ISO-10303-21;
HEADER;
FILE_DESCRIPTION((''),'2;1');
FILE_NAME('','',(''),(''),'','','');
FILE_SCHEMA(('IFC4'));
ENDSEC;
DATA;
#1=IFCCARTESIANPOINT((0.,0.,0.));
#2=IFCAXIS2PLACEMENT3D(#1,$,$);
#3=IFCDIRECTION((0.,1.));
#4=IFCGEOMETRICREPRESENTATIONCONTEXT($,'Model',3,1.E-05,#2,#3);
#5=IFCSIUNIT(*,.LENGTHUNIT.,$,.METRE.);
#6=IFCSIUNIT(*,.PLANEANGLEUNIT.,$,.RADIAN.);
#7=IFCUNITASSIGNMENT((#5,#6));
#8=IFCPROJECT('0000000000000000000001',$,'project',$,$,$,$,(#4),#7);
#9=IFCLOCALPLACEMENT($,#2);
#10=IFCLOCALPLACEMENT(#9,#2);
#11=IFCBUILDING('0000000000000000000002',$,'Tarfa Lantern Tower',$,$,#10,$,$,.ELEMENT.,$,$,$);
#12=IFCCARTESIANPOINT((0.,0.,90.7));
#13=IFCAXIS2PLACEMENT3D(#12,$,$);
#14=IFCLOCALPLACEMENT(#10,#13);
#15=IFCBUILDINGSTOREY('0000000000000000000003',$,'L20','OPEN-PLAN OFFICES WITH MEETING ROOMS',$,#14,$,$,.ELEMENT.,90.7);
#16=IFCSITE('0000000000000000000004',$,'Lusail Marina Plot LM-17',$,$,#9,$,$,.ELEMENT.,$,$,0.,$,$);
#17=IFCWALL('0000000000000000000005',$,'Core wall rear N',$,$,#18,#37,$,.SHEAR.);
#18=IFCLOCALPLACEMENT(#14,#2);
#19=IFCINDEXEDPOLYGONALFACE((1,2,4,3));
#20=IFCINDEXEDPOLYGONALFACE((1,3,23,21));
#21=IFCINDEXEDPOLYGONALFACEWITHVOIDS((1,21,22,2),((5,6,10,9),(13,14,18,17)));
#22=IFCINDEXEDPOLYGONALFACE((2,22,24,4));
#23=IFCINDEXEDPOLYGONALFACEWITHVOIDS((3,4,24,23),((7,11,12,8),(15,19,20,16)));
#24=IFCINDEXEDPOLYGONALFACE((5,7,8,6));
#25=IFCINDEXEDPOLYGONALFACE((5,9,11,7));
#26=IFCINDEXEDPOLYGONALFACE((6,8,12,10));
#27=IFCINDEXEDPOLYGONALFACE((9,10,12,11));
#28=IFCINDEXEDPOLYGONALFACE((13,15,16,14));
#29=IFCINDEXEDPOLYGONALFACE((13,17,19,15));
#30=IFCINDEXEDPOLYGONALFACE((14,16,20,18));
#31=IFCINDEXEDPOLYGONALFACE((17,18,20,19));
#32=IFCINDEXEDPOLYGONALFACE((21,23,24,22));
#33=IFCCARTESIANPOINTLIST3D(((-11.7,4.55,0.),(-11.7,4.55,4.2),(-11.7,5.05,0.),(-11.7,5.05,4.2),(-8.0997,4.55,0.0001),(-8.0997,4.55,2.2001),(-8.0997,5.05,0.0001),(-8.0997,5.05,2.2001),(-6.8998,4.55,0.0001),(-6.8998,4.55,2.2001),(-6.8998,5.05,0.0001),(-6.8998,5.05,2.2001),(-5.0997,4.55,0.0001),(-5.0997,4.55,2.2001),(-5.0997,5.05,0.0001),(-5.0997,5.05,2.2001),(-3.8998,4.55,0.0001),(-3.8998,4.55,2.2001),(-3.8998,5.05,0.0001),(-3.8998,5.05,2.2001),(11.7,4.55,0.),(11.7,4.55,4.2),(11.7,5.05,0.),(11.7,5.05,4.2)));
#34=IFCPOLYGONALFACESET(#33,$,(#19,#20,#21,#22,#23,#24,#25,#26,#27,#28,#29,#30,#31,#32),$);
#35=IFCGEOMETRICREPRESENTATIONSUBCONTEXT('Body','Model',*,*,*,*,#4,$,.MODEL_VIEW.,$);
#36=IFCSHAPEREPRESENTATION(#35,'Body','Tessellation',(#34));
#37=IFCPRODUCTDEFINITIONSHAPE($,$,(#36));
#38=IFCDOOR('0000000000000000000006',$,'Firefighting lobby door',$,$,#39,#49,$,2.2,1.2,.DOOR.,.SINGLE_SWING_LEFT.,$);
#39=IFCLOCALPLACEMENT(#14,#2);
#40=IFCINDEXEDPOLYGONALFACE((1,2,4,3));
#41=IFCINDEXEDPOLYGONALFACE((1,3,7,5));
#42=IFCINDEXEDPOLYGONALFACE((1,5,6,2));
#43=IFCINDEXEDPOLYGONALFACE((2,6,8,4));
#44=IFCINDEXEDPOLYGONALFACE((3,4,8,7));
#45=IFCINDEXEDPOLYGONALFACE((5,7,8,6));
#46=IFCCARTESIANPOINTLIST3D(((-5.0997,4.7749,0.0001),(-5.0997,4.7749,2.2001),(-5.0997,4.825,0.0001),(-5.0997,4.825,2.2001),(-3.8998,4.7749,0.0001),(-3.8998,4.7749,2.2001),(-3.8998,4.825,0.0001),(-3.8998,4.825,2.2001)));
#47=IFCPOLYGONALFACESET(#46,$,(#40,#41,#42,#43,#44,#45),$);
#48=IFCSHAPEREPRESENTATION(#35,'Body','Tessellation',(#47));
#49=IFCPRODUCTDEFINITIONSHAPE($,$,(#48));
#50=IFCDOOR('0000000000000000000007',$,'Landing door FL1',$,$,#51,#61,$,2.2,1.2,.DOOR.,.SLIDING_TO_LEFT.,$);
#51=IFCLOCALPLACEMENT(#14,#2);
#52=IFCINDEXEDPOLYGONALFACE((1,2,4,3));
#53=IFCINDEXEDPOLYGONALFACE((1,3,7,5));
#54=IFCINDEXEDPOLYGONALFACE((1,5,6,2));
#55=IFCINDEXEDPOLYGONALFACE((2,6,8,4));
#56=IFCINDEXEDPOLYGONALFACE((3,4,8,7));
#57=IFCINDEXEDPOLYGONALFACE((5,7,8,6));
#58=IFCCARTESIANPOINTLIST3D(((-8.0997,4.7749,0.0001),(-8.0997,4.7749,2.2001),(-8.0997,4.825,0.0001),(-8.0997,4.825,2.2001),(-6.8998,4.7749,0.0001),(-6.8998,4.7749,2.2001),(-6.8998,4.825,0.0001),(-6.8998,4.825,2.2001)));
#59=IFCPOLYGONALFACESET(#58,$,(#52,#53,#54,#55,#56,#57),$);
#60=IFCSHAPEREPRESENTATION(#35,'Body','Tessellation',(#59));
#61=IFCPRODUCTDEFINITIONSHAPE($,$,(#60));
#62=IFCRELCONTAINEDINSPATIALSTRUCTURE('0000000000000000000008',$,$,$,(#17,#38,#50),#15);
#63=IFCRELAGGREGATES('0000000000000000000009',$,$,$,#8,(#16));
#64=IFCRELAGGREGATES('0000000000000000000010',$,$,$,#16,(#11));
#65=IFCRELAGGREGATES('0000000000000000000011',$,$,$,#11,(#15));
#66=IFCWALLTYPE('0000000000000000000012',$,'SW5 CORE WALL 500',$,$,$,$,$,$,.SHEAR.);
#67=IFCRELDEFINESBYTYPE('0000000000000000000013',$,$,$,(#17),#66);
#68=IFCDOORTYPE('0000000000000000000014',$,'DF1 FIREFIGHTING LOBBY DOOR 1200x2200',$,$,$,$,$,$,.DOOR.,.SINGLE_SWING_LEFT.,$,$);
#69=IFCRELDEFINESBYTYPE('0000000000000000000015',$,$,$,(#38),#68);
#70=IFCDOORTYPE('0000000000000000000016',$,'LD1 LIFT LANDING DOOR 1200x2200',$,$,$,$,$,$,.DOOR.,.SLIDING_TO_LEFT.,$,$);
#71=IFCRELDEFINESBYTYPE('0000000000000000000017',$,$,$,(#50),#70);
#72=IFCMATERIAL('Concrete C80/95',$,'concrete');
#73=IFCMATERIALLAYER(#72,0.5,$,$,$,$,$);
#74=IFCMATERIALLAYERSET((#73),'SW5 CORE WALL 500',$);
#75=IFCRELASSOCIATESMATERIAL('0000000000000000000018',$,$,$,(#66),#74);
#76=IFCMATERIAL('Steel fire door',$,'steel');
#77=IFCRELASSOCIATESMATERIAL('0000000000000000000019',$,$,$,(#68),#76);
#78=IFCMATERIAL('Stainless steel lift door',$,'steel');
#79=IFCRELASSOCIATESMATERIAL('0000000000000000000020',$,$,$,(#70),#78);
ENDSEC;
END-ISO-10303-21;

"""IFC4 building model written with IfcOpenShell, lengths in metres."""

from ifc_helpers import new_model, si_unit, direction, frame, frame_2d, origin, place, context, subcontext, project, spatial, rectangle, extrude, material, layer, layer_set, type_object, element, fill, save


model = new_model("IFC4")

# Units and contexts
model_context = context("Model", 3, precision=1e-05, world=origin(), true_north=direction((0.0, 1.0)))
body_context = subcontext(model_context, "Body", "Model", "MODEL_VIEW")
ifc_project = project(units=[si_unit("LENGTHUNIT", "METRE"), si_unit("PLANEANGLEUNIT", "RADIAN")], contexts=[model_context])

# Site, building, storey
site_placement = place(None, origin())
site = spatial("IfcSite", under=ifc_project, at=site_placement, Name="Lusail Marina Plot LM-17", CompositionType="ELEMENT", RefElevation=0.0)
building_placement = place(site_placement, origin())
building = spatial("IfcBuilding", under=site, at=building_placement, Name="Tarfa Lantern Tower", CompositionType="ELEMENT")
storey_placement = place(building_placement, frame((0.0, 0.0, 90.7)))
storey = spatial("IfcBuildingStorey", under=building, at=storey_placement, Name="L20", Description="OPEN-PLAN OFFICES WITH MEETING ROOMS", CompositionType="ELEMENT", Elevation=90.7)

# Shared definitions
ifc_material_1 = material(Name="Concrete C80/95", Category="concrete")
ifc_material_2 = material(Name="Steel fire door", Category="steel")

# Shared definitions
ifc_layer_1 = layer(ifc_material_1, 0.5)
ifc_layer_set_1 = layer_set([ifc_layer_1], Name="SW5 CORE WALL 500")
wall_type_1 = type_object("IfcWallType", Name="SW5 CORE WALL 500", PredefinedType="SHEAR", material=ifc_layer_set_1)

# Wall, openings, doors
wall_1_placement = place(storey_placement, frame((-11.7, 4.8, 0.0), z_axis=(0.0, 0.0, 1.0), x_axis=(1.0, 0.0, 0.0)))
wall_1 = element("IfcWall", 1, at=wall_1_placement, inside=storey, type_object=wall_type_1, Name="Core wall rear N", PredefinedType="SHEAR", context=body_context, shape_type="SweptSolid", body=[
    extrude(rectangle(XDim=23.3999, YDim=0.5, at=frame_2d((11.7, 0.0))), origin(), (0.0, 0.0, 1.0), 4.2),
])
opening_1_placement = place(wall_1_placement, frame((6.6001, 0.0, 0.0)))
opening_1 = element("IfcOpeningElement", 2, at=opening_1_placement, cuts=wall_1, PredefinedType="OPENING", context=body_context, shape_type="SweptSolid", body=[
    extrude(rectangle(XDim=1.2, YDim=2.2, at=frame_2d((0.6001, 1.1001))), frame((0.0, 0.26, 0.0), z_axis=(0.0, -1.0, 0.0), x_axis=(1.0, 0.0, 0.0)), (0.0, 0.0, 1.0), 0.52),
])
opening_2_placement = place(wall_1_placement, frame((3.6001, 0.0, 0.0)))
opening_2 = element("IfcOpeningElement", 3, at=opening_2_placement, cuts=wall_1, PredefinedType="OPENING", context=body_context, shape_type="SweptSolid", body=[
    extrude(rectangle(XDim=1.2, YDim=2.2, at=frame_2d((0.6001, 1.1001))), frame((0.0, 0.26, 0.0), z_axis=(0.0, -1.0, 0.0), x_axis=(1.0, 0.0, 0.0)), (0.0, 0.0, 1.0), 0.52),
])
door_type_1 = type_object("IfcDoorType", Name="DF1 FIREFIGHTING LOBBY DOOR 1200x2200", OperationType="SINGLE_SWING_LEFT", PredefinedType="DOOR", material=ifc_material_2)
door_1_placement = place(opening_1_placement, origin())
door_1 = element("IfcDoor", 4, at=door_1_placement, inside=storey, type_object=door_type_1, Name="Firefighting lobby door", OperationType="SINGLE_SWING_LEFT", OverallHeight=2.2, OverallWidth=1.2, PredefinedType="DOOR", context=body_context, shape_type="SweptSolid", body=[
    extrude(rectangle(XDim=1.2, YDim=2.2, at=frame_2d((0.6001, 1.1001))), frame((0.0, 0.0249, 0.0), z_axis=(0.0, -1.0, 0.0), x_axis=(1.0, 0.0, 0.0)), (0.0, 0.0, 1.0), 0.05),
])
fill(opening_1, door_1)
ifc_material_3 = material(Name="Stainless steel lift door", Category="steel")
door_type_2 = type_object("IfcDoorType", Name="LD1 LIFT LANDING DOOR 1200x2200", OperationType="SLIDING_TO_LEFT", PredefinedType="DOOR", material=ifc_material_3)
door_2_placement = place(opening_2_placement, origin())
door_2 = element("IfcDoor", 5, at=door_2_placement, inside=storey, type_object=door_type_2, Name="Landing door FL1", OperationType="SLIDING_TO_LEFT", OverallHeight=2.2, OverallWidth=1.2, PredefinedType="DOOR", context=body_context, shape_type="SweptSolid", body=[
    extrude(rectangle(XDim=1.2, YDim=2.2, at=frame_2d((0.6001, 1.1001))), frame((0.0, 0.0249, 0.0), z_axis=(0.0, -1.0, 0.0), x_axis=(1.0, 0.0, 0.0)), (0.0, 0.0, 1.0), 0.05),
])
fill(opening_2, door_2)

save(model, "model.ifc")
